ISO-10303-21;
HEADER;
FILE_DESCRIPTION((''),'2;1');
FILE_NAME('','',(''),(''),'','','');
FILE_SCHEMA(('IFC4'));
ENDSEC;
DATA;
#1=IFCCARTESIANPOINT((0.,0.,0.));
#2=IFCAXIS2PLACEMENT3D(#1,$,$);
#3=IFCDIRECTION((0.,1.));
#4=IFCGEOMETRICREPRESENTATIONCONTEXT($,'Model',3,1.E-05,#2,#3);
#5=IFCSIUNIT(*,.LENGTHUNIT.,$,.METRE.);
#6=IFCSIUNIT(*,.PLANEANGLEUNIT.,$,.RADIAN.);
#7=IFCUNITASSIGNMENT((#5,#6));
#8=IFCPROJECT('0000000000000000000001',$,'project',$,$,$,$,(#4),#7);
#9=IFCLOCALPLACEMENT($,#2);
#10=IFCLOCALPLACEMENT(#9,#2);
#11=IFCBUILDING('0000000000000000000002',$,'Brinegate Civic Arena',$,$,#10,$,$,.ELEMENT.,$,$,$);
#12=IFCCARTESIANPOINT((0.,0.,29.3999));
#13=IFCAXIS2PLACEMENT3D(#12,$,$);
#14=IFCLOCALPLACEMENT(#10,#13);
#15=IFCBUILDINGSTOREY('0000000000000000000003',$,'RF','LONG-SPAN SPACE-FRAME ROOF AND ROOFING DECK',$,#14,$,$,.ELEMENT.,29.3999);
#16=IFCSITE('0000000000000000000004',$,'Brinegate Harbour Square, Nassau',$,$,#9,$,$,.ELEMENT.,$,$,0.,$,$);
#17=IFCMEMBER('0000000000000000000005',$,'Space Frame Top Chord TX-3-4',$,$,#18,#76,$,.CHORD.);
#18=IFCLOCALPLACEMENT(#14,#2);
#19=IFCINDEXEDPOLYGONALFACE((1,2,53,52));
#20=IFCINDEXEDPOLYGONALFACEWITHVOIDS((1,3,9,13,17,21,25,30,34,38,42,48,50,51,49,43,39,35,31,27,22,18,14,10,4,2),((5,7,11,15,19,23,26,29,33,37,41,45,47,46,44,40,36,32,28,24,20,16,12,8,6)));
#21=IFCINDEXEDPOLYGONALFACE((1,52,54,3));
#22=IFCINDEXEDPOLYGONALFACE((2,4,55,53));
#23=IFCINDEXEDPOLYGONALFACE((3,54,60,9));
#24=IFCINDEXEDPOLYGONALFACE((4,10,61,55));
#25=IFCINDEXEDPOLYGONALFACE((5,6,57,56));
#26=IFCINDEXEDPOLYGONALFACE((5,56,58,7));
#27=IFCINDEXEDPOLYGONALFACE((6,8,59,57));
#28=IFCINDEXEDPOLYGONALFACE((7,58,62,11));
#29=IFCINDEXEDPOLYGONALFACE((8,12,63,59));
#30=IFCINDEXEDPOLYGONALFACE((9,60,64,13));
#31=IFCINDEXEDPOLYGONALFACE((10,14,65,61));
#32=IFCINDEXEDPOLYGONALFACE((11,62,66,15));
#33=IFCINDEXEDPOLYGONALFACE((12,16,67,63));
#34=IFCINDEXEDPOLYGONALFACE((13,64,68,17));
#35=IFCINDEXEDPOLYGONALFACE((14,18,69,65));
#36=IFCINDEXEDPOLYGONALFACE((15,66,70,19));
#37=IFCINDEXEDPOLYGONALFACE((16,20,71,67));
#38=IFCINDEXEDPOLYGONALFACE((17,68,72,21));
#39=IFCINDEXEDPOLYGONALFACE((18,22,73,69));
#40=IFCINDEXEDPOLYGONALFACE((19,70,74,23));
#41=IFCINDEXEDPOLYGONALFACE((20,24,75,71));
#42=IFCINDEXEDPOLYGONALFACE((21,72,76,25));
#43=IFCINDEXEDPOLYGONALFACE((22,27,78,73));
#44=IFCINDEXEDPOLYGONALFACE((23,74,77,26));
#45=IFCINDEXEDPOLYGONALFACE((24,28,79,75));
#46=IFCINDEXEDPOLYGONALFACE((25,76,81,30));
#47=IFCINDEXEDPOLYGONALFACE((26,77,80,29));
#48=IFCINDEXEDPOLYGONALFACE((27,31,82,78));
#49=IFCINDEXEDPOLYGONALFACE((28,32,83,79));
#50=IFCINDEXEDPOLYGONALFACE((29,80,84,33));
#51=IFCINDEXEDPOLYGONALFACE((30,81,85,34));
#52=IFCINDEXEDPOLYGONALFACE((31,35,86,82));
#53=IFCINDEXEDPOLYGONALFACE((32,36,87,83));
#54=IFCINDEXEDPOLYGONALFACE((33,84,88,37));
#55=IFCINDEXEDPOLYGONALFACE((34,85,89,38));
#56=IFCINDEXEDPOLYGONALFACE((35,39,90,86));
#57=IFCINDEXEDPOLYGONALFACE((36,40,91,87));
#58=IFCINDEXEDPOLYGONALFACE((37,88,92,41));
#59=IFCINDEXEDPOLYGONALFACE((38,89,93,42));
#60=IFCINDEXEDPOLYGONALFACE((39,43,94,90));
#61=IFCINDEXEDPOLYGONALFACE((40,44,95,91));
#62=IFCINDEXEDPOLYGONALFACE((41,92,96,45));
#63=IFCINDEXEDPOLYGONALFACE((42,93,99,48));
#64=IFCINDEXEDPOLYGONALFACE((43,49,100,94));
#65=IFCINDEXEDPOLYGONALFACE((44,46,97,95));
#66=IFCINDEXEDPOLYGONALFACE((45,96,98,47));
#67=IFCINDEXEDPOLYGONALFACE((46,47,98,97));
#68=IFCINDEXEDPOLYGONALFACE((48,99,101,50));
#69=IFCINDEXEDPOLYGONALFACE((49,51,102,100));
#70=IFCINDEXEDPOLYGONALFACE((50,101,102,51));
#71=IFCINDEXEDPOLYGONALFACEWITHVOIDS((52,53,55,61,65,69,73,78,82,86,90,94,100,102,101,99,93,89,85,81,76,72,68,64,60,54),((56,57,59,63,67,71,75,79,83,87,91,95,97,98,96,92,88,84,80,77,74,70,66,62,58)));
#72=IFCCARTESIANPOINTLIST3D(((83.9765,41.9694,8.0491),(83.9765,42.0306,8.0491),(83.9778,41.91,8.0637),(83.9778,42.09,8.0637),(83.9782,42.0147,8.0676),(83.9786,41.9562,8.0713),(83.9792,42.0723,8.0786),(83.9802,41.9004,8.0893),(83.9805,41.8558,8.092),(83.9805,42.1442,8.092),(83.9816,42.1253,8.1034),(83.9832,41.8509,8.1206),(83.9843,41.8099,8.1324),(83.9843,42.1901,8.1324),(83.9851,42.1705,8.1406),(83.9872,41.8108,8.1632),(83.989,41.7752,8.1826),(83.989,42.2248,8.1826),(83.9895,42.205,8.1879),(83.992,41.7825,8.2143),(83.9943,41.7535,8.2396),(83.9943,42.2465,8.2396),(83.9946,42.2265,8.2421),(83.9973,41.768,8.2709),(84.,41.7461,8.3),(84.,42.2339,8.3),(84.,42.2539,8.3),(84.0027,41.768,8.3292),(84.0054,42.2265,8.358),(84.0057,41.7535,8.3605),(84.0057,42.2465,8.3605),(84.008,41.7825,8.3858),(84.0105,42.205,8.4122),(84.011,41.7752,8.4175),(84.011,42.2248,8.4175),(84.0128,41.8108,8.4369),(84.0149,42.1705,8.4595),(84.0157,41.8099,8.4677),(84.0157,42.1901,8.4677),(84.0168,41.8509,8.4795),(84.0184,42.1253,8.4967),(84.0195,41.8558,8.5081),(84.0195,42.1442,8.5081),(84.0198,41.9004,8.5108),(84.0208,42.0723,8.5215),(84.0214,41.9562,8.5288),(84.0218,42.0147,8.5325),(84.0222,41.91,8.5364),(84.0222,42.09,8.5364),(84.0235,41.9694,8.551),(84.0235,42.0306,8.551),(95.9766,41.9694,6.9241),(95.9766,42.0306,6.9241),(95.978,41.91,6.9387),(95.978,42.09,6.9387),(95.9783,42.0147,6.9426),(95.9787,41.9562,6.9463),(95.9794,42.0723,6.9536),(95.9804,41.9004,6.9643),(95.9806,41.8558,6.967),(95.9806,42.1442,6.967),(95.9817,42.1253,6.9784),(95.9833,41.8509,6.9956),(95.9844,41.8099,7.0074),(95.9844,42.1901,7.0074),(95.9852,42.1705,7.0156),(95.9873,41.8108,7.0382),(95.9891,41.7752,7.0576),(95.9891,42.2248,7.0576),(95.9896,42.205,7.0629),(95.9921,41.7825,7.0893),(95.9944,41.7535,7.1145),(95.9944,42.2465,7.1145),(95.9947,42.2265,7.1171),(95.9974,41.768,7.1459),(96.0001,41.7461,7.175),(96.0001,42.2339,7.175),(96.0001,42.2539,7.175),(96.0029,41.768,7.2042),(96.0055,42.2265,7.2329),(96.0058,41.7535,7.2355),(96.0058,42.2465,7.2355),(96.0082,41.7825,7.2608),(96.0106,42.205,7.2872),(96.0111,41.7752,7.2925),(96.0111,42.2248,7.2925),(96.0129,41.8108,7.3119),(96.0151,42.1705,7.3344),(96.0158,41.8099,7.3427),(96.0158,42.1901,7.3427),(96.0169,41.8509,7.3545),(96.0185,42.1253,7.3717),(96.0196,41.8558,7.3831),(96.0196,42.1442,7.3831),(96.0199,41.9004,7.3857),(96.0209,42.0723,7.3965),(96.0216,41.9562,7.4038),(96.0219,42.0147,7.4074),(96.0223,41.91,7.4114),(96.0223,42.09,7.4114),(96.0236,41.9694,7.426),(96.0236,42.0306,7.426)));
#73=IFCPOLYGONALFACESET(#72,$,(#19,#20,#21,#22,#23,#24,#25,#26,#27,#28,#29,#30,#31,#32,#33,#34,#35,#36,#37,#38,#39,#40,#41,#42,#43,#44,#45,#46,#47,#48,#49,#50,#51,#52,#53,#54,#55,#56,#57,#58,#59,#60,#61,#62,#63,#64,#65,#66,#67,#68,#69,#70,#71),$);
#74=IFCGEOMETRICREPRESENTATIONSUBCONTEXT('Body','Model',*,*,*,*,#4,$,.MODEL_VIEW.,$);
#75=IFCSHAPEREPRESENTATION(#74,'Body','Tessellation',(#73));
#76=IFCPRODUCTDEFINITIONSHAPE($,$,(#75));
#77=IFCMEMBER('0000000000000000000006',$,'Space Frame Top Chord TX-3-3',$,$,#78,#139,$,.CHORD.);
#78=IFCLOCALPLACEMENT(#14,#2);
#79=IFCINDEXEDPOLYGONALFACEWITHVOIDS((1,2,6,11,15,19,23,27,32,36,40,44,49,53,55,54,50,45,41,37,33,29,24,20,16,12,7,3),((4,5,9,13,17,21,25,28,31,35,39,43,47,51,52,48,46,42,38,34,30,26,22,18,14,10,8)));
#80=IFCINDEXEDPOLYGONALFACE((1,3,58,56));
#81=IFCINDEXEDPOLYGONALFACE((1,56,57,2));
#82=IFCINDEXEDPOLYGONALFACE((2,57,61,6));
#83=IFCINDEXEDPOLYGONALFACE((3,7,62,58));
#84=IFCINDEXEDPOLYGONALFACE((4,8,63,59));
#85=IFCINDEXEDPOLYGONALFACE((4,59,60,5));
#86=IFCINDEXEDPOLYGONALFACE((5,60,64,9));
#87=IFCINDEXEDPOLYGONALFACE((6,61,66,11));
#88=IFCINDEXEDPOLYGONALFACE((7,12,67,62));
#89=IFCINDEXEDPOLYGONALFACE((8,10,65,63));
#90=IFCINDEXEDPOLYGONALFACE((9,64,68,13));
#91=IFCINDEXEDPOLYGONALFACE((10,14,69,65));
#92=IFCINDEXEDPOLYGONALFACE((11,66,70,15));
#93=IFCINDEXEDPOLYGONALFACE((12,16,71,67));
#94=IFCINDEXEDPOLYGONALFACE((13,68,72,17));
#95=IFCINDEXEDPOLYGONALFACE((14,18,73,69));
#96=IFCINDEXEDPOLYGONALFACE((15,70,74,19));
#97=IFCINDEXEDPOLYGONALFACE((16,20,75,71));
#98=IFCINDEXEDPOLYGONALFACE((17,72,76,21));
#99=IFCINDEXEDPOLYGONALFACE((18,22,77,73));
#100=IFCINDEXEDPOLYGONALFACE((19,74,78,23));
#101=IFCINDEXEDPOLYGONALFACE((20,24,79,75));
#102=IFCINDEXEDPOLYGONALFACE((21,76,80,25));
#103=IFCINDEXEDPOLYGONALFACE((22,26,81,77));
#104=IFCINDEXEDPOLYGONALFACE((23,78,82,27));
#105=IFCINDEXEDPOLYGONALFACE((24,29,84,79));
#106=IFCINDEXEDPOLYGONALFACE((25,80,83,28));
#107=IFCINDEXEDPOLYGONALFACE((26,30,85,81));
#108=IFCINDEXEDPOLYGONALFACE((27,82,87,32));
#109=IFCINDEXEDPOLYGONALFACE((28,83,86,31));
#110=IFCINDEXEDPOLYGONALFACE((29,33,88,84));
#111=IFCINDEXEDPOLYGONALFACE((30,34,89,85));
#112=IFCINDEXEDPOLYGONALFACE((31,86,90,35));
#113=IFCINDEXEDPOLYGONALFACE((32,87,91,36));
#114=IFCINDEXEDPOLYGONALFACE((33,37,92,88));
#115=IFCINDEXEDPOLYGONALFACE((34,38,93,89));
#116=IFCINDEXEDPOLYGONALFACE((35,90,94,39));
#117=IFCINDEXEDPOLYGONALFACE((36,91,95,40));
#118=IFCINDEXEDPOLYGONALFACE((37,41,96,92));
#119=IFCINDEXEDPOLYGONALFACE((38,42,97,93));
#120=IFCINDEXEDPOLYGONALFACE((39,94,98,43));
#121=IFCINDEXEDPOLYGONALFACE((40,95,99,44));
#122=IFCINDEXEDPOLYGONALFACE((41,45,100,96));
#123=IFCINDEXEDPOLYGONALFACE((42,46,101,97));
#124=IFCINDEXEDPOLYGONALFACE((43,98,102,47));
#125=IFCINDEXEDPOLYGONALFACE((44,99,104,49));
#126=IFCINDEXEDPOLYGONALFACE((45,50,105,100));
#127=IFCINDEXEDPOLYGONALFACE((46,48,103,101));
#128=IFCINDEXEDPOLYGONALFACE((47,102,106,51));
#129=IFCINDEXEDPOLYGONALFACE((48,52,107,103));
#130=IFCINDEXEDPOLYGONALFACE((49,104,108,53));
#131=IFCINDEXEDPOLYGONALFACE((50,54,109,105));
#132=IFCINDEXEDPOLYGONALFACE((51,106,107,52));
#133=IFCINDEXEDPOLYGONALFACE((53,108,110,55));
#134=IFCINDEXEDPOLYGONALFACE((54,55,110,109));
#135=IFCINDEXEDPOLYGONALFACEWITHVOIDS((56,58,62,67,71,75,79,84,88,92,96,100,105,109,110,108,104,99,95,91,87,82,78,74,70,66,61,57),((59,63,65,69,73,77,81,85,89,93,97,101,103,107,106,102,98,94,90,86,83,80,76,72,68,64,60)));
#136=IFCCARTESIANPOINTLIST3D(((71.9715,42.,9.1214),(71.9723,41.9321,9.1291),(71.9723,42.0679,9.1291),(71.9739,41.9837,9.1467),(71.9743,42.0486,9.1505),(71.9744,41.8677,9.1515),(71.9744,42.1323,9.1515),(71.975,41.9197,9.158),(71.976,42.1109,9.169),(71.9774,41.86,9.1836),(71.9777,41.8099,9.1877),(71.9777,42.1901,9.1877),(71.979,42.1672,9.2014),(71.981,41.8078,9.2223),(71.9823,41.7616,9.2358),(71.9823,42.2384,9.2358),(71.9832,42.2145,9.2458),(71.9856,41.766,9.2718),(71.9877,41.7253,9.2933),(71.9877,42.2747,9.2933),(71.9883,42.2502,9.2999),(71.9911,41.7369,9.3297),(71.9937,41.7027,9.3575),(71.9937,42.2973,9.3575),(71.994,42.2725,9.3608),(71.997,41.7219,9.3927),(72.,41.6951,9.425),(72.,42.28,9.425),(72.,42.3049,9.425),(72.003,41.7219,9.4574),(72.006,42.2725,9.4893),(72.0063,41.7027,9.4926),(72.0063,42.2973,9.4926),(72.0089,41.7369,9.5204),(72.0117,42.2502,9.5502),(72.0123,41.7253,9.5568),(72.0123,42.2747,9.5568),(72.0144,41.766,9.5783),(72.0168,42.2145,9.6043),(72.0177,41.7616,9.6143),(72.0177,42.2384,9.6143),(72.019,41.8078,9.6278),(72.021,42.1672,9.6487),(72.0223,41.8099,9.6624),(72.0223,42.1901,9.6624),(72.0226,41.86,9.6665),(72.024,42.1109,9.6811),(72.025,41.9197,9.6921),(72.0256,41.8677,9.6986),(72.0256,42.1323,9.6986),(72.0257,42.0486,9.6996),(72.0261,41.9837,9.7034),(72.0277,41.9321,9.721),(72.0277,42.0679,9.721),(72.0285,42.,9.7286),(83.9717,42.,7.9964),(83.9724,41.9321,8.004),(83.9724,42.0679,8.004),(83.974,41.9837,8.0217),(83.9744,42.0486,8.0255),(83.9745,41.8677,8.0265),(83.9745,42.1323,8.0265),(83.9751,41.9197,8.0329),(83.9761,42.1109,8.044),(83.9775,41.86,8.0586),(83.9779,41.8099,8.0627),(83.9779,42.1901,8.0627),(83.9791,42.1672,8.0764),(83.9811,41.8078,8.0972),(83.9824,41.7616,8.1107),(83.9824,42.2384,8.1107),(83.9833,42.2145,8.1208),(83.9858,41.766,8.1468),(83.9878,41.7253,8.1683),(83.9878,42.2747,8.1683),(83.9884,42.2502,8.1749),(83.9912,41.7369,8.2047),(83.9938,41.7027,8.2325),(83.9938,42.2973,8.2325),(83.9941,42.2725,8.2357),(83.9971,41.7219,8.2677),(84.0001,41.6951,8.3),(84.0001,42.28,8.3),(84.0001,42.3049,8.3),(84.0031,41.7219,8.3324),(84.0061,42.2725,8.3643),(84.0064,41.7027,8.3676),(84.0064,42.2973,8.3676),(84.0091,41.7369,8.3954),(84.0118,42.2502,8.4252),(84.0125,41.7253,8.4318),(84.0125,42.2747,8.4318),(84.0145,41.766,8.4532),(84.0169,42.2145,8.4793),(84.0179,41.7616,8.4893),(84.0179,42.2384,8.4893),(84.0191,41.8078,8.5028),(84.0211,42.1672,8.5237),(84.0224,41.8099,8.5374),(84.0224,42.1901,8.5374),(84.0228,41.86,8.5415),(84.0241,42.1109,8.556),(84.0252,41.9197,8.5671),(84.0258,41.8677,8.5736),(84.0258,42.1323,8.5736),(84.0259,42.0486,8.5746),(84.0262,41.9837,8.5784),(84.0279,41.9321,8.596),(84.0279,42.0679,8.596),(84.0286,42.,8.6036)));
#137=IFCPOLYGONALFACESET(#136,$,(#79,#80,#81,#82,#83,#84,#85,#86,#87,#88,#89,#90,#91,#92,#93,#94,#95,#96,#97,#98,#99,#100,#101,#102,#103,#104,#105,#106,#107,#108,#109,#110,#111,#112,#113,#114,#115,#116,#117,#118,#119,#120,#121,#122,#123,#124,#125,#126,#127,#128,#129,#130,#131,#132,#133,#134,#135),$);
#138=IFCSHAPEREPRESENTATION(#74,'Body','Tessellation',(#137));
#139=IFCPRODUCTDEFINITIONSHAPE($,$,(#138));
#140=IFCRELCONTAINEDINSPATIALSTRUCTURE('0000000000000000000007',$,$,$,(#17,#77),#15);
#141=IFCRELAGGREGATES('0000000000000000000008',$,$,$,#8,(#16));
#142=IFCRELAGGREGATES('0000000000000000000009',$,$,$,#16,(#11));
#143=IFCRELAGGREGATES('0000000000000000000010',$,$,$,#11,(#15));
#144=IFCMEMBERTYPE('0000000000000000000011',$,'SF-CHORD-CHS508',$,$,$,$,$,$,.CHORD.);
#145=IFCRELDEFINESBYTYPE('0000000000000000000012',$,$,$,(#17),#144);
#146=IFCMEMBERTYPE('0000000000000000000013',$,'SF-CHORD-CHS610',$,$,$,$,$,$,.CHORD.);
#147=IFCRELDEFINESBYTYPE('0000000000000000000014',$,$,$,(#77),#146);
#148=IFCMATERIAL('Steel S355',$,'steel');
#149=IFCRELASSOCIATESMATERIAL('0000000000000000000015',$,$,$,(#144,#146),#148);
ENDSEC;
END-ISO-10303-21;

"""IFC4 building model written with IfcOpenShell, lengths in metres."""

from ifc_helpers import new_model, si_unit, direction, frame, origin, origin_2d, place, context, subcontext, project, spatial, hollow_circle, extrude, material, material_profile, profile_set, type_object, element, save


model = new_model("IFC4")

# Units and contexts
model_context = context("Model", 3, precision=1e-05, world=origin(), true_north=direction((0.0, 1.0)))
body_context = subcontext(model_context, "Body", "Model", "MODEL_VIEW")
ifc_project = project(units=[si_unit("LENGTHUNIT", "METRE"), si_unit("PLANEANGLEUNIT", "RADIAN")], contexts=[model_context])

# Site, building, storey
site_placement = place(None, origin())
site = spatial("IfcSite", under=ifc_project, at=site_placement, Name="Brinegate Harbour Square, Nassau", CompositionType="ELEMENT", RefElevation=0.0)
building_placement = place(site_placement, origin())
building = spatial("IfcBuilding", under=site, at=building_placement, Name="Brinegate Civic Arena", CompositionType="ELEMENT")
storey_placement = place(building_placement, frame((0.0, 0.0, 29.3999)))
storey = spatial("IfcBuildingStorey", under=building, at=storey_placement, Name="RF", Description="LONG-SPAN SPACE-FRAME ROOF AND ROOFING DECK", CompositionType="ELEMENT", Elevation=29.3999)

# Members
ifc_material = material(Name="Steel S355", Category="steel")
ifc_material_profile_1 = material_profile(ifc_material, hollow_circle(Radius=0.2539, WallThickness=0.02, at=origin_2d()), Name="CHS508X20")
ifc_profile_set_1 = profile_set([ifc_material_profile_1], Name="Steel S355")
member_type_1 = type_object("IfcMemberType", Name="SF-CHORD-CHS508", PredefinedType="CHORD", material=ifc_profile_set_1)
for number, where, z_axis, x_axis, name in (
    (1, (84.0, 42.0, 8.3), (0.995634, 0.0, -0.093341), (0.0, 1.0, 0.0), "Space Frame Top Chord TX-3-4"),
):
    element("IfcMember", number, at=place(storey_placement, frame(where, z_axis=z_axis, x_axis=x_axis)), inside=storey, type_object=member_type_1, Name=name, PredefinedType="CHORD", context=body_context, shape_type="SweptSolid", body=[
        extrude(hollow_circle(Radius=0.2539, WallThickness=0.02, at=origin_2d()), origin(), (0.0, 0.0, 1.0), 12.0527),
    ])
ifc_material_profile_2 = material_profile(ifc_material, hollow_circle(Radius=0.3049, WallThickness=0.0249, at=origin_2d()), Name="CHS610X25")
ifc_profile_set_2 = profile_set([ifc_material_profile_2], Name="Steel S355")
member_type_2 = type_object("IfcMemberType", Name="SF-CHORD-CHS610", PredefinedType="CHORD", material=ifc_profile_set_2)
member_1_placement = place(storey_placement, frame((72.0, 42.0, 9.425), z_axis=(0.995634, 0.0, -0.093341), x_axis=(0.0, 1.0, 0.0)))
element("IfcMember", 2, at=member_1_placement, inside=storey, type_object=member_type_2, Name="Space Frame Top Chord TX-3-3", PredefinedType="CHORD", context=body_context, shape_type="SweptSolid", body=[
    extrude(hollow_circle(Radius=0.3049, WallThickness=0.0249, at=origin_2d()), origin(), (0.0, 0.0, 1.0), 12.0527),
])

save(model, "model.ifc")
